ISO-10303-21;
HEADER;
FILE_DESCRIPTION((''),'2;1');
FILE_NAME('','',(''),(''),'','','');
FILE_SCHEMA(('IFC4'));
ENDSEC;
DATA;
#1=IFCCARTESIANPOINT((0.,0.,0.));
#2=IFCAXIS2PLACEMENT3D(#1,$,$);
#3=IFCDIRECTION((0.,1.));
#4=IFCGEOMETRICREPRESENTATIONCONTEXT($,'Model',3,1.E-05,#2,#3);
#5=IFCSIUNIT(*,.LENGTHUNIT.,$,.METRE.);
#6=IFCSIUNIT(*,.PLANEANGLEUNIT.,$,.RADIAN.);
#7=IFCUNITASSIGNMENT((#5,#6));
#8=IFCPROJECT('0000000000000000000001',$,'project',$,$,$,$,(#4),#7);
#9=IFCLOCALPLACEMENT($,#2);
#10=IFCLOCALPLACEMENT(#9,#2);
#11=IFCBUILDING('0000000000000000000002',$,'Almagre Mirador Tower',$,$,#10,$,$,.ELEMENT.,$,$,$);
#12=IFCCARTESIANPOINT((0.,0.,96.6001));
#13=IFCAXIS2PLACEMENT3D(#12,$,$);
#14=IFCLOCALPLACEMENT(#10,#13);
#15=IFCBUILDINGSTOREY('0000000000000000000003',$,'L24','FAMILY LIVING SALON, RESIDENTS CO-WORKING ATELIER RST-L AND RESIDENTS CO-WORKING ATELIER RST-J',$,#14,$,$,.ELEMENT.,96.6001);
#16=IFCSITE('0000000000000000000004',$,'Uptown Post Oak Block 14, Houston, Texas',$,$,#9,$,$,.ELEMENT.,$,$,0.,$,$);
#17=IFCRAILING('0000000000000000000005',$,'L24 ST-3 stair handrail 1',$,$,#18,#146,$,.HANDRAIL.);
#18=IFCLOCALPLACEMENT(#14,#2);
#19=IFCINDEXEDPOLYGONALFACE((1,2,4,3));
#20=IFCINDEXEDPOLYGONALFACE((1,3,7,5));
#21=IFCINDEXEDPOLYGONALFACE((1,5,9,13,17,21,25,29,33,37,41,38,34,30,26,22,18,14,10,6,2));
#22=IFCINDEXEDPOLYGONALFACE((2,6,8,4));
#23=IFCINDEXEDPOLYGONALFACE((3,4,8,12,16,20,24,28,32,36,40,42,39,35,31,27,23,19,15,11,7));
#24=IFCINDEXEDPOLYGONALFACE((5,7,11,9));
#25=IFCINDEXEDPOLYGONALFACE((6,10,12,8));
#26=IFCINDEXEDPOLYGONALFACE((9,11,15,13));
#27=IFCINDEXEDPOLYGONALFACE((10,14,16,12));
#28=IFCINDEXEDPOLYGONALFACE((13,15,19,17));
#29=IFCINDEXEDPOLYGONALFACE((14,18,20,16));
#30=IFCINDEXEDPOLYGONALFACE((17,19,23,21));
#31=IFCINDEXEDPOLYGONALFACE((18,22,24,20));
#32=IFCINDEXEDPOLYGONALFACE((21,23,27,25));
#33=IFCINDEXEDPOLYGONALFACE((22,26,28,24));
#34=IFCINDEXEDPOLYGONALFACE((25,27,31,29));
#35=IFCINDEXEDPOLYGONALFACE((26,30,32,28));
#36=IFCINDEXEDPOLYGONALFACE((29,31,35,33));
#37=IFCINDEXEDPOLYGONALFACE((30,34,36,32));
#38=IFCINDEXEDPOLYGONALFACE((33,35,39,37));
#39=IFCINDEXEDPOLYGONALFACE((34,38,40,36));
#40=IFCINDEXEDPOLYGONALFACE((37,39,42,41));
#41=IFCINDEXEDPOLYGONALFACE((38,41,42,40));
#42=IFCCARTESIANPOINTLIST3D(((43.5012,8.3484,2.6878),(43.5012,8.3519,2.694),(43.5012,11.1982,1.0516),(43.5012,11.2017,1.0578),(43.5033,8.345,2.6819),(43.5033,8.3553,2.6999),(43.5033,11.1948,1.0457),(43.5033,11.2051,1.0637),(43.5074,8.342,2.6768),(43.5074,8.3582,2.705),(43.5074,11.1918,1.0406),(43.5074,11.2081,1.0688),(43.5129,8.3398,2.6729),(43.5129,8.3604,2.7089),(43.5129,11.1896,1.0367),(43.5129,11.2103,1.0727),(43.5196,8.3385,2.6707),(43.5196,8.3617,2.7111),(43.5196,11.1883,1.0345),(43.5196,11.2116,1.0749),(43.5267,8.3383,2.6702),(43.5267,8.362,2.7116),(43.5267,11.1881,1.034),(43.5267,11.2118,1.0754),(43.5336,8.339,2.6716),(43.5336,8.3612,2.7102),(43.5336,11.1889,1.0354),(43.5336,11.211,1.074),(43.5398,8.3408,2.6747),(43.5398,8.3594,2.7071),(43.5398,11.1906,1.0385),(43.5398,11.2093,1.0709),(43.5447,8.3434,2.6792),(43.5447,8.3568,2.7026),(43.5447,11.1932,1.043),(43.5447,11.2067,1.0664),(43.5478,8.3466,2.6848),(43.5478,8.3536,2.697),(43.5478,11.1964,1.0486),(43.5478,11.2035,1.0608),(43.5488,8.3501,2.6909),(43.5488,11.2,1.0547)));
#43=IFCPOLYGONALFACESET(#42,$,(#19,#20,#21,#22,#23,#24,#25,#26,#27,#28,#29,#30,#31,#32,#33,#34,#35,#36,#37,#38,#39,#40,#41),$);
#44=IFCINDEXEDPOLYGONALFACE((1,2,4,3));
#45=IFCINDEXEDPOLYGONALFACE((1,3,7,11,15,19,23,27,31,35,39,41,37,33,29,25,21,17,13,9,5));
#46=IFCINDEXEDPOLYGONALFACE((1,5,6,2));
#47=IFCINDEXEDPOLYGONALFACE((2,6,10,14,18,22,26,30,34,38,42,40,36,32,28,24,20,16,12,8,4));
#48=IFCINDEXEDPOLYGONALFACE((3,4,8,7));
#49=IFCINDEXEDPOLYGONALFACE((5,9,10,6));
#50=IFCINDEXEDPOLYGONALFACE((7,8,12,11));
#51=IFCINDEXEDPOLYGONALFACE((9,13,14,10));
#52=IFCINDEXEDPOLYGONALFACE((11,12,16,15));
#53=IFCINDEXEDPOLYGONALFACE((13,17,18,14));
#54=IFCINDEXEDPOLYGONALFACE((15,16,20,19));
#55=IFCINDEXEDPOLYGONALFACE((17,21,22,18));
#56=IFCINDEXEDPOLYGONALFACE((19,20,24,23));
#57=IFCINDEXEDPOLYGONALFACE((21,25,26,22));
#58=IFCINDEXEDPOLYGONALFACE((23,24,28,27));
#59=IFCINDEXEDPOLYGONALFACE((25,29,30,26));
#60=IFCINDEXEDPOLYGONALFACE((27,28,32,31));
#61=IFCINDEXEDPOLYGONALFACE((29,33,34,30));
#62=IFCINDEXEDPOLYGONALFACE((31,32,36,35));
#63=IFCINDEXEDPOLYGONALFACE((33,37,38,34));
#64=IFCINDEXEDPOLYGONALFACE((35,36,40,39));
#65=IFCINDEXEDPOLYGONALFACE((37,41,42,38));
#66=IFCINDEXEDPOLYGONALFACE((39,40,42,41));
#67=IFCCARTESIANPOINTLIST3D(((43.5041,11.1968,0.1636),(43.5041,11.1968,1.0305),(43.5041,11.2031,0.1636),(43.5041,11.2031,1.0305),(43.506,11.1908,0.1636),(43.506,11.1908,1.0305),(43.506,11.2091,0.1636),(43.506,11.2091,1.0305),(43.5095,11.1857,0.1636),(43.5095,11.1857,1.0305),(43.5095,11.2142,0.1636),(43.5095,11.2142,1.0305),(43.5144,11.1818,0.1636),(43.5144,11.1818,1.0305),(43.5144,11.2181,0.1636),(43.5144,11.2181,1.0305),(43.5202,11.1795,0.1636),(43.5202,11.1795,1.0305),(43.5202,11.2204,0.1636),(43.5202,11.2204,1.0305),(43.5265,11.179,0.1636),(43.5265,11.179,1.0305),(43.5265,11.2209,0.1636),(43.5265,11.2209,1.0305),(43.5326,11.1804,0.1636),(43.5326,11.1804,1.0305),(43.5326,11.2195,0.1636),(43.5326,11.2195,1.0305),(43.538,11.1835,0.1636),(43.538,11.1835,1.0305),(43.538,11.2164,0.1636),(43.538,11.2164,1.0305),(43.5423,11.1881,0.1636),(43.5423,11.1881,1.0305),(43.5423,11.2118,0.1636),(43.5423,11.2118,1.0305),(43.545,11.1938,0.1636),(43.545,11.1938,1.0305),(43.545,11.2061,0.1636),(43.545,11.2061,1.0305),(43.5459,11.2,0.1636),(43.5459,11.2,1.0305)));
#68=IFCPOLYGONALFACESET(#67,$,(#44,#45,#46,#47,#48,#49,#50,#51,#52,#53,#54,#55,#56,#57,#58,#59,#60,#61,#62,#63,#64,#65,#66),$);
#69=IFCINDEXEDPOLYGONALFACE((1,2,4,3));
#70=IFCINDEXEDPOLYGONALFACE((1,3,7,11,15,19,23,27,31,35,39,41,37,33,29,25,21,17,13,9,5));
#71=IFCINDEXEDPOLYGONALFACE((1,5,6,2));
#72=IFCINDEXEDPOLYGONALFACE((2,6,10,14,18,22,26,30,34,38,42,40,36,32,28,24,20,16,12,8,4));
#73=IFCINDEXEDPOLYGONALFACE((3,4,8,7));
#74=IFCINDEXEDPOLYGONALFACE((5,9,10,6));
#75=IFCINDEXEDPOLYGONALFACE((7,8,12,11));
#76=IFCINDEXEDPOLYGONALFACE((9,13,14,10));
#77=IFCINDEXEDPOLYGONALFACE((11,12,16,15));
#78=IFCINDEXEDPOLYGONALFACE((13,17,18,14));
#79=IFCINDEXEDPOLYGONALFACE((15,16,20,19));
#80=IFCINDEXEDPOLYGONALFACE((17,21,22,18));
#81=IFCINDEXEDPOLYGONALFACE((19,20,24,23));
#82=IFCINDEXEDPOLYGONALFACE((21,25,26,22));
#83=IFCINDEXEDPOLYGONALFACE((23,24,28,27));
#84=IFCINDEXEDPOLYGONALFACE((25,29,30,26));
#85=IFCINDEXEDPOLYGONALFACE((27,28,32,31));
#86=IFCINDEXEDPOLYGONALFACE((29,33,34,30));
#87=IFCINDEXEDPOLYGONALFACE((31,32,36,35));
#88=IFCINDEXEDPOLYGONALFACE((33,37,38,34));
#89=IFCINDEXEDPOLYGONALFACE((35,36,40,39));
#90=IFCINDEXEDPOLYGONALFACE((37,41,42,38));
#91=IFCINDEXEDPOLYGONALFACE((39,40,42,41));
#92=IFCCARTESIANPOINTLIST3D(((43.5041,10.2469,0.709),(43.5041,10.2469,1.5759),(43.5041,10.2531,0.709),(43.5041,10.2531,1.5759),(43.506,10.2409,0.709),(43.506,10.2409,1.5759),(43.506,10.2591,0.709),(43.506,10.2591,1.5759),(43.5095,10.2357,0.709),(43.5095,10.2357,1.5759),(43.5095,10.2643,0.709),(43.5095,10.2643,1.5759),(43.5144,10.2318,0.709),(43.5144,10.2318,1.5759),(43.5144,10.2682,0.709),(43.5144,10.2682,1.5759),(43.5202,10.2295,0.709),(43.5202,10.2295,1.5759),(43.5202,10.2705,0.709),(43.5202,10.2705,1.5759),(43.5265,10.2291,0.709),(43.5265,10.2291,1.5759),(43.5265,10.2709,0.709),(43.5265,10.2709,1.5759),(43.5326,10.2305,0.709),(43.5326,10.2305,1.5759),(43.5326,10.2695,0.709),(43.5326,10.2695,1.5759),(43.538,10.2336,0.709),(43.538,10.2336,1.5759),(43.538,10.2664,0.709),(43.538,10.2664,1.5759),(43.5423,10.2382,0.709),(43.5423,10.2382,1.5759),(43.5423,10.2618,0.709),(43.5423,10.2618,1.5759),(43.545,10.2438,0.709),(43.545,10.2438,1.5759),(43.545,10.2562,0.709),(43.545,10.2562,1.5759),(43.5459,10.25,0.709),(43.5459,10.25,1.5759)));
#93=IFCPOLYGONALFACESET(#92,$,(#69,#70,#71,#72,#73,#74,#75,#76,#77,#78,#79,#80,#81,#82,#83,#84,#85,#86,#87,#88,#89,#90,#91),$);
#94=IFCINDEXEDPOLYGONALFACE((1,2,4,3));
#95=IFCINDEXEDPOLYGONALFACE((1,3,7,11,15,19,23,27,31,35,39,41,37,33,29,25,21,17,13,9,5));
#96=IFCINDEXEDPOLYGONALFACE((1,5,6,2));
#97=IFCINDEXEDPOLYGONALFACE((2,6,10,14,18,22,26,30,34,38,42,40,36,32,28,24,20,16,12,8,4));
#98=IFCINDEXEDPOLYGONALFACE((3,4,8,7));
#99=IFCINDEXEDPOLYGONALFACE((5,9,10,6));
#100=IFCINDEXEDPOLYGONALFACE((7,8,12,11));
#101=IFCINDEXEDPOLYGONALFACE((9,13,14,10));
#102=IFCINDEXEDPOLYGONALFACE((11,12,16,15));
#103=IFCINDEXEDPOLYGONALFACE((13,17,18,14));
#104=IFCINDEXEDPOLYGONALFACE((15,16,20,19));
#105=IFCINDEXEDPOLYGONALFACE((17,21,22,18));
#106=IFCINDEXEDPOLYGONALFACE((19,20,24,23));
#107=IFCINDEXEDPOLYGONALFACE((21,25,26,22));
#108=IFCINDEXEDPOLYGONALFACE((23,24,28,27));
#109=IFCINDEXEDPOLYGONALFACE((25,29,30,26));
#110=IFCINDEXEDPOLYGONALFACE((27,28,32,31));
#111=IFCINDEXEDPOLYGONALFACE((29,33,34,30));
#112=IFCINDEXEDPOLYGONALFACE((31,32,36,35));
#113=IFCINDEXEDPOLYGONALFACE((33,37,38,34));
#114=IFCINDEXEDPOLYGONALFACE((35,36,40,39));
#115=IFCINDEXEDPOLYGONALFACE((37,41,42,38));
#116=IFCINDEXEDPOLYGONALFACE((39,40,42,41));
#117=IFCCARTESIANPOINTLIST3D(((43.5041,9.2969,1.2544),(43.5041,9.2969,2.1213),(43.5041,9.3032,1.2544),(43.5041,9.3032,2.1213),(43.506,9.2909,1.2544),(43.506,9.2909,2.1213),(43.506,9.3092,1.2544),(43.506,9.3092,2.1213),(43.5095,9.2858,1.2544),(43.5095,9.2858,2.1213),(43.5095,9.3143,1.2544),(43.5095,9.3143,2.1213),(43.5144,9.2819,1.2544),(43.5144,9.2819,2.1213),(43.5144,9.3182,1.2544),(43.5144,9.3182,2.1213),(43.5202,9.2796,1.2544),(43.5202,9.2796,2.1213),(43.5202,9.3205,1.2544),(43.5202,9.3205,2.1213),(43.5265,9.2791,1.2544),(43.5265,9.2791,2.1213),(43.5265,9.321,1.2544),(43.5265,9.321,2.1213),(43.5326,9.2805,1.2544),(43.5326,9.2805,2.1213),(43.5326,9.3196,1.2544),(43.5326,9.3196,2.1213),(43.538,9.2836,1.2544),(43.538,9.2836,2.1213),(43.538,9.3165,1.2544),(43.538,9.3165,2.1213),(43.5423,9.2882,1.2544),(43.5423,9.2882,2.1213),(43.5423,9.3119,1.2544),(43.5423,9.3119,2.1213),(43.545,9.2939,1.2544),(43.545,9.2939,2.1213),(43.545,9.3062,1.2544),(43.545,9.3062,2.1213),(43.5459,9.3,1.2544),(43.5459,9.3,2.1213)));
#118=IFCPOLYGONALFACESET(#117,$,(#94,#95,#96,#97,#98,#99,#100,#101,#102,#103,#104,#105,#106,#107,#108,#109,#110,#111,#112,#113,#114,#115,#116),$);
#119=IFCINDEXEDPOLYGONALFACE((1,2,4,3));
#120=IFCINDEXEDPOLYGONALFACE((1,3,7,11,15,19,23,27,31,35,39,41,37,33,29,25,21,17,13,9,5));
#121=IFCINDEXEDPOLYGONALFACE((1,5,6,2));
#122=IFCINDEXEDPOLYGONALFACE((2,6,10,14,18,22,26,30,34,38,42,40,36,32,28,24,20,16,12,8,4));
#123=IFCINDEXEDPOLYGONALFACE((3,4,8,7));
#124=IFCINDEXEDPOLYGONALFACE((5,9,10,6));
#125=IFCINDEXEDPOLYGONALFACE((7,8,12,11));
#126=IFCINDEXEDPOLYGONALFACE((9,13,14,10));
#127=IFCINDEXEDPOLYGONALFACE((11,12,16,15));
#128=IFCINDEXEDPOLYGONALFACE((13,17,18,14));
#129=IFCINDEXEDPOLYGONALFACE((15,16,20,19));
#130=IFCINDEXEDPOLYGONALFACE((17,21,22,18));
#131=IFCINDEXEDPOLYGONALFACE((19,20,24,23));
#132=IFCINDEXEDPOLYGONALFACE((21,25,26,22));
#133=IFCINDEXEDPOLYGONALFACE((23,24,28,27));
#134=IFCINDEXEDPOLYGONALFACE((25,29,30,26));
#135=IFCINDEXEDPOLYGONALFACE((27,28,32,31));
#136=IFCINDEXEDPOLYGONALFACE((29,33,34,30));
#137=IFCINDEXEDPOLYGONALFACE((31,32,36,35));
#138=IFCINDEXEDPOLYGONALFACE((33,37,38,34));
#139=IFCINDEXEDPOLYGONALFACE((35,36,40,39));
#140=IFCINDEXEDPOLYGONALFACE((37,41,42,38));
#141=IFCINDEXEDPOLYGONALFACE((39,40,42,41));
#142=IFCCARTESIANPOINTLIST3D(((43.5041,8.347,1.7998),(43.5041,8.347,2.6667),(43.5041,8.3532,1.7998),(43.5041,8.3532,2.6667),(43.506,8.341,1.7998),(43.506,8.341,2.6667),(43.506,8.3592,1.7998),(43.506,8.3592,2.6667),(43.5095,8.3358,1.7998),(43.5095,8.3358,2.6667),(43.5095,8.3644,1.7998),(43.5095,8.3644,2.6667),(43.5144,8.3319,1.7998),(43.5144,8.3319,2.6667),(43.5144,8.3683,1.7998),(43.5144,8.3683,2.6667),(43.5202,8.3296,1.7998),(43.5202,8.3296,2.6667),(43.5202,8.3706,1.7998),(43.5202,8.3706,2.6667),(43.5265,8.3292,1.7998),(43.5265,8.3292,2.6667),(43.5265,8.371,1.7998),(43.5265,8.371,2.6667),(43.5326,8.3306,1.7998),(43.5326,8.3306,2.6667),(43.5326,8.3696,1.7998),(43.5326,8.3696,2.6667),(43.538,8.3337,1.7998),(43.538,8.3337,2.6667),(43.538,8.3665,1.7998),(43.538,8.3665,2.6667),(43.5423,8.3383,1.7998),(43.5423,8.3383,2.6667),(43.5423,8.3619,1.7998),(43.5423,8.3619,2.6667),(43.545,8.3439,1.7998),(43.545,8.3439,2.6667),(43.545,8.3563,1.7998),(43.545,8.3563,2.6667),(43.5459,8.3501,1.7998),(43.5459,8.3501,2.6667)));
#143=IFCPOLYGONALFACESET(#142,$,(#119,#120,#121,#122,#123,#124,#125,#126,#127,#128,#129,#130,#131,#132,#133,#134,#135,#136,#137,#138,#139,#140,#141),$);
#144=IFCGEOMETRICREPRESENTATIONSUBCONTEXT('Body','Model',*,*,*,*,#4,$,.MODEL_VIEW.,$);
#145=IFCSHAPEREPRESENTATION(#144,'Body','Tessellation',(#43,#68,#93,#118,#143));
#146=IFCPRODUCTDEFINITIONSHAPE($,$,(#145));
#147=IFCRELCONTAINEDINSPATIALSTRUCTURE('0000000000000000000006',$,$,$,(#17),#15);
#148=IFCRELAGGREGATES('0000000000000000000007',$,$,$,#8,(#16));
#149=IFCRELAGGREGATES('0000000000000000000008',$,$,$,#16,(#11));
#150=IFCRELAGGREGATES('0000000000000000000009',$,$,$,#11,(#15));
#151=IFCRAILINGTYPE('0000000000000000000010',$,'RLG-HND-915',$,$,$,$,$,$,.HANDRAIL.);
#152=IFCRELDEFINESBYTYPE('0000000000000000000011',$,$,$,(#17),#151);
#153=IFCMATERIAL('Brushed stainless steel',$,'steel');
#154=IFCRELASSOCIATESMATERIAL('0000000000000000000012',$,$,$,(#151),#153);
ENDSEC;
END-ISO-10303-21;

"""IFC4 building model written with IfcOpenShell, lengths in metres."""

from ifc_helpers import new_model, si_unit, direction, frame, origin, origin_2d, place, context, subcontext, project, spatial, circle, extrude, material, type_object, element, save


model = new_model("IFC4")

# Units and contexts
model_context = context("Model", 3, precision=1e-05, world=origin(), true_north=direction((0.0, 1.0)))
body_context = subcontext(model_context, "Body", "Model", "MODEL_VIEW")
ifc_project = project(units=[si_unit("LENGTHUNIT", "METRE"), si_unit("PLANEANGLEUNIT", "RADIAN")], contexts=[model_context])

# Site, building, storey
site_placement = place(None, origin())
site = spatial("IfcSite", under=ifc_project, at=site_placement, Name="Uptown Post Oak Block 14, Houston, Texas", CompositionType="ELEMENT", RefElevation=0.0)
building_placement = place(site_placement, origin())
building = spatial("IfcBuilding", under=site, at=building_placement, Name="Almagre Mirador Tower", CompositionType="ELEMENT")
storey_placement = place(building_placement, frame((0.0, 0.0, 96.6001)))
storey = spatial("IfcBuildingStorey", under=building, at=storey_placement, Name="L24", Description="FAMILY LIVING SALON, RESIDENTS CO-WORKING ATELIER RST-L AND RESIDENTS CO-WORKING ATELIER RST-J", CompositionType="ELEMENT", Elevation=96.6001)

# Railing
ifc_material_1 = material(Name="Brushed stainless steel", Category="steel")
railing_type_1 = type_object("IfcRailingType", Name="RLG-HND-915", PredefinedType="HANDRAIL", material=ifc_material_1)
railing_1_placement = place(storey_placement, frame((43.5249, 11.2, 0.1636)))
element("IfcRailing", 1, at=railing_1_placement, inside=storey, type_object=railing_type_1, Name="L24 ST-3 stair handrail 1", PredefinedType="HANDRAIL", context=body_context, shape_type="SweptSolid", body=[
    extrude(circle(Radius=0.0239, at=origin_2d()), frame((0.0, 0.0, 0.8911), z_axis=(0.0, -0.867226, 0.497914), x_axis=(1.0, 0.0, 0.0)), (0.0, 0.0, 1.0), 3.2861),
    extrude(circle(Radius=0.021, at=origin_2d()), origin(), (0.0, 0.0, 1.0), 0.8669),
    extrude(circle(Radius=0.021, at=origin_2d()), frame((0.0, -0.95, 0.5454)), (0.0, 0.0, 1.0), 0.8669),
    extrude(circle(Radius=0.021, at=origin_2d()), frame((0.0, -1.8999, 1.0908)), (0.0, 0.0, 1.0), 0.8669),
    extrude(circle(Radius=0.021, at=origin_2d()), frame((0.0, -2.8499, 1.6362)), (0.0, 0.0, 1.0), 0.8669),
])

save(model, "model.ifc")
